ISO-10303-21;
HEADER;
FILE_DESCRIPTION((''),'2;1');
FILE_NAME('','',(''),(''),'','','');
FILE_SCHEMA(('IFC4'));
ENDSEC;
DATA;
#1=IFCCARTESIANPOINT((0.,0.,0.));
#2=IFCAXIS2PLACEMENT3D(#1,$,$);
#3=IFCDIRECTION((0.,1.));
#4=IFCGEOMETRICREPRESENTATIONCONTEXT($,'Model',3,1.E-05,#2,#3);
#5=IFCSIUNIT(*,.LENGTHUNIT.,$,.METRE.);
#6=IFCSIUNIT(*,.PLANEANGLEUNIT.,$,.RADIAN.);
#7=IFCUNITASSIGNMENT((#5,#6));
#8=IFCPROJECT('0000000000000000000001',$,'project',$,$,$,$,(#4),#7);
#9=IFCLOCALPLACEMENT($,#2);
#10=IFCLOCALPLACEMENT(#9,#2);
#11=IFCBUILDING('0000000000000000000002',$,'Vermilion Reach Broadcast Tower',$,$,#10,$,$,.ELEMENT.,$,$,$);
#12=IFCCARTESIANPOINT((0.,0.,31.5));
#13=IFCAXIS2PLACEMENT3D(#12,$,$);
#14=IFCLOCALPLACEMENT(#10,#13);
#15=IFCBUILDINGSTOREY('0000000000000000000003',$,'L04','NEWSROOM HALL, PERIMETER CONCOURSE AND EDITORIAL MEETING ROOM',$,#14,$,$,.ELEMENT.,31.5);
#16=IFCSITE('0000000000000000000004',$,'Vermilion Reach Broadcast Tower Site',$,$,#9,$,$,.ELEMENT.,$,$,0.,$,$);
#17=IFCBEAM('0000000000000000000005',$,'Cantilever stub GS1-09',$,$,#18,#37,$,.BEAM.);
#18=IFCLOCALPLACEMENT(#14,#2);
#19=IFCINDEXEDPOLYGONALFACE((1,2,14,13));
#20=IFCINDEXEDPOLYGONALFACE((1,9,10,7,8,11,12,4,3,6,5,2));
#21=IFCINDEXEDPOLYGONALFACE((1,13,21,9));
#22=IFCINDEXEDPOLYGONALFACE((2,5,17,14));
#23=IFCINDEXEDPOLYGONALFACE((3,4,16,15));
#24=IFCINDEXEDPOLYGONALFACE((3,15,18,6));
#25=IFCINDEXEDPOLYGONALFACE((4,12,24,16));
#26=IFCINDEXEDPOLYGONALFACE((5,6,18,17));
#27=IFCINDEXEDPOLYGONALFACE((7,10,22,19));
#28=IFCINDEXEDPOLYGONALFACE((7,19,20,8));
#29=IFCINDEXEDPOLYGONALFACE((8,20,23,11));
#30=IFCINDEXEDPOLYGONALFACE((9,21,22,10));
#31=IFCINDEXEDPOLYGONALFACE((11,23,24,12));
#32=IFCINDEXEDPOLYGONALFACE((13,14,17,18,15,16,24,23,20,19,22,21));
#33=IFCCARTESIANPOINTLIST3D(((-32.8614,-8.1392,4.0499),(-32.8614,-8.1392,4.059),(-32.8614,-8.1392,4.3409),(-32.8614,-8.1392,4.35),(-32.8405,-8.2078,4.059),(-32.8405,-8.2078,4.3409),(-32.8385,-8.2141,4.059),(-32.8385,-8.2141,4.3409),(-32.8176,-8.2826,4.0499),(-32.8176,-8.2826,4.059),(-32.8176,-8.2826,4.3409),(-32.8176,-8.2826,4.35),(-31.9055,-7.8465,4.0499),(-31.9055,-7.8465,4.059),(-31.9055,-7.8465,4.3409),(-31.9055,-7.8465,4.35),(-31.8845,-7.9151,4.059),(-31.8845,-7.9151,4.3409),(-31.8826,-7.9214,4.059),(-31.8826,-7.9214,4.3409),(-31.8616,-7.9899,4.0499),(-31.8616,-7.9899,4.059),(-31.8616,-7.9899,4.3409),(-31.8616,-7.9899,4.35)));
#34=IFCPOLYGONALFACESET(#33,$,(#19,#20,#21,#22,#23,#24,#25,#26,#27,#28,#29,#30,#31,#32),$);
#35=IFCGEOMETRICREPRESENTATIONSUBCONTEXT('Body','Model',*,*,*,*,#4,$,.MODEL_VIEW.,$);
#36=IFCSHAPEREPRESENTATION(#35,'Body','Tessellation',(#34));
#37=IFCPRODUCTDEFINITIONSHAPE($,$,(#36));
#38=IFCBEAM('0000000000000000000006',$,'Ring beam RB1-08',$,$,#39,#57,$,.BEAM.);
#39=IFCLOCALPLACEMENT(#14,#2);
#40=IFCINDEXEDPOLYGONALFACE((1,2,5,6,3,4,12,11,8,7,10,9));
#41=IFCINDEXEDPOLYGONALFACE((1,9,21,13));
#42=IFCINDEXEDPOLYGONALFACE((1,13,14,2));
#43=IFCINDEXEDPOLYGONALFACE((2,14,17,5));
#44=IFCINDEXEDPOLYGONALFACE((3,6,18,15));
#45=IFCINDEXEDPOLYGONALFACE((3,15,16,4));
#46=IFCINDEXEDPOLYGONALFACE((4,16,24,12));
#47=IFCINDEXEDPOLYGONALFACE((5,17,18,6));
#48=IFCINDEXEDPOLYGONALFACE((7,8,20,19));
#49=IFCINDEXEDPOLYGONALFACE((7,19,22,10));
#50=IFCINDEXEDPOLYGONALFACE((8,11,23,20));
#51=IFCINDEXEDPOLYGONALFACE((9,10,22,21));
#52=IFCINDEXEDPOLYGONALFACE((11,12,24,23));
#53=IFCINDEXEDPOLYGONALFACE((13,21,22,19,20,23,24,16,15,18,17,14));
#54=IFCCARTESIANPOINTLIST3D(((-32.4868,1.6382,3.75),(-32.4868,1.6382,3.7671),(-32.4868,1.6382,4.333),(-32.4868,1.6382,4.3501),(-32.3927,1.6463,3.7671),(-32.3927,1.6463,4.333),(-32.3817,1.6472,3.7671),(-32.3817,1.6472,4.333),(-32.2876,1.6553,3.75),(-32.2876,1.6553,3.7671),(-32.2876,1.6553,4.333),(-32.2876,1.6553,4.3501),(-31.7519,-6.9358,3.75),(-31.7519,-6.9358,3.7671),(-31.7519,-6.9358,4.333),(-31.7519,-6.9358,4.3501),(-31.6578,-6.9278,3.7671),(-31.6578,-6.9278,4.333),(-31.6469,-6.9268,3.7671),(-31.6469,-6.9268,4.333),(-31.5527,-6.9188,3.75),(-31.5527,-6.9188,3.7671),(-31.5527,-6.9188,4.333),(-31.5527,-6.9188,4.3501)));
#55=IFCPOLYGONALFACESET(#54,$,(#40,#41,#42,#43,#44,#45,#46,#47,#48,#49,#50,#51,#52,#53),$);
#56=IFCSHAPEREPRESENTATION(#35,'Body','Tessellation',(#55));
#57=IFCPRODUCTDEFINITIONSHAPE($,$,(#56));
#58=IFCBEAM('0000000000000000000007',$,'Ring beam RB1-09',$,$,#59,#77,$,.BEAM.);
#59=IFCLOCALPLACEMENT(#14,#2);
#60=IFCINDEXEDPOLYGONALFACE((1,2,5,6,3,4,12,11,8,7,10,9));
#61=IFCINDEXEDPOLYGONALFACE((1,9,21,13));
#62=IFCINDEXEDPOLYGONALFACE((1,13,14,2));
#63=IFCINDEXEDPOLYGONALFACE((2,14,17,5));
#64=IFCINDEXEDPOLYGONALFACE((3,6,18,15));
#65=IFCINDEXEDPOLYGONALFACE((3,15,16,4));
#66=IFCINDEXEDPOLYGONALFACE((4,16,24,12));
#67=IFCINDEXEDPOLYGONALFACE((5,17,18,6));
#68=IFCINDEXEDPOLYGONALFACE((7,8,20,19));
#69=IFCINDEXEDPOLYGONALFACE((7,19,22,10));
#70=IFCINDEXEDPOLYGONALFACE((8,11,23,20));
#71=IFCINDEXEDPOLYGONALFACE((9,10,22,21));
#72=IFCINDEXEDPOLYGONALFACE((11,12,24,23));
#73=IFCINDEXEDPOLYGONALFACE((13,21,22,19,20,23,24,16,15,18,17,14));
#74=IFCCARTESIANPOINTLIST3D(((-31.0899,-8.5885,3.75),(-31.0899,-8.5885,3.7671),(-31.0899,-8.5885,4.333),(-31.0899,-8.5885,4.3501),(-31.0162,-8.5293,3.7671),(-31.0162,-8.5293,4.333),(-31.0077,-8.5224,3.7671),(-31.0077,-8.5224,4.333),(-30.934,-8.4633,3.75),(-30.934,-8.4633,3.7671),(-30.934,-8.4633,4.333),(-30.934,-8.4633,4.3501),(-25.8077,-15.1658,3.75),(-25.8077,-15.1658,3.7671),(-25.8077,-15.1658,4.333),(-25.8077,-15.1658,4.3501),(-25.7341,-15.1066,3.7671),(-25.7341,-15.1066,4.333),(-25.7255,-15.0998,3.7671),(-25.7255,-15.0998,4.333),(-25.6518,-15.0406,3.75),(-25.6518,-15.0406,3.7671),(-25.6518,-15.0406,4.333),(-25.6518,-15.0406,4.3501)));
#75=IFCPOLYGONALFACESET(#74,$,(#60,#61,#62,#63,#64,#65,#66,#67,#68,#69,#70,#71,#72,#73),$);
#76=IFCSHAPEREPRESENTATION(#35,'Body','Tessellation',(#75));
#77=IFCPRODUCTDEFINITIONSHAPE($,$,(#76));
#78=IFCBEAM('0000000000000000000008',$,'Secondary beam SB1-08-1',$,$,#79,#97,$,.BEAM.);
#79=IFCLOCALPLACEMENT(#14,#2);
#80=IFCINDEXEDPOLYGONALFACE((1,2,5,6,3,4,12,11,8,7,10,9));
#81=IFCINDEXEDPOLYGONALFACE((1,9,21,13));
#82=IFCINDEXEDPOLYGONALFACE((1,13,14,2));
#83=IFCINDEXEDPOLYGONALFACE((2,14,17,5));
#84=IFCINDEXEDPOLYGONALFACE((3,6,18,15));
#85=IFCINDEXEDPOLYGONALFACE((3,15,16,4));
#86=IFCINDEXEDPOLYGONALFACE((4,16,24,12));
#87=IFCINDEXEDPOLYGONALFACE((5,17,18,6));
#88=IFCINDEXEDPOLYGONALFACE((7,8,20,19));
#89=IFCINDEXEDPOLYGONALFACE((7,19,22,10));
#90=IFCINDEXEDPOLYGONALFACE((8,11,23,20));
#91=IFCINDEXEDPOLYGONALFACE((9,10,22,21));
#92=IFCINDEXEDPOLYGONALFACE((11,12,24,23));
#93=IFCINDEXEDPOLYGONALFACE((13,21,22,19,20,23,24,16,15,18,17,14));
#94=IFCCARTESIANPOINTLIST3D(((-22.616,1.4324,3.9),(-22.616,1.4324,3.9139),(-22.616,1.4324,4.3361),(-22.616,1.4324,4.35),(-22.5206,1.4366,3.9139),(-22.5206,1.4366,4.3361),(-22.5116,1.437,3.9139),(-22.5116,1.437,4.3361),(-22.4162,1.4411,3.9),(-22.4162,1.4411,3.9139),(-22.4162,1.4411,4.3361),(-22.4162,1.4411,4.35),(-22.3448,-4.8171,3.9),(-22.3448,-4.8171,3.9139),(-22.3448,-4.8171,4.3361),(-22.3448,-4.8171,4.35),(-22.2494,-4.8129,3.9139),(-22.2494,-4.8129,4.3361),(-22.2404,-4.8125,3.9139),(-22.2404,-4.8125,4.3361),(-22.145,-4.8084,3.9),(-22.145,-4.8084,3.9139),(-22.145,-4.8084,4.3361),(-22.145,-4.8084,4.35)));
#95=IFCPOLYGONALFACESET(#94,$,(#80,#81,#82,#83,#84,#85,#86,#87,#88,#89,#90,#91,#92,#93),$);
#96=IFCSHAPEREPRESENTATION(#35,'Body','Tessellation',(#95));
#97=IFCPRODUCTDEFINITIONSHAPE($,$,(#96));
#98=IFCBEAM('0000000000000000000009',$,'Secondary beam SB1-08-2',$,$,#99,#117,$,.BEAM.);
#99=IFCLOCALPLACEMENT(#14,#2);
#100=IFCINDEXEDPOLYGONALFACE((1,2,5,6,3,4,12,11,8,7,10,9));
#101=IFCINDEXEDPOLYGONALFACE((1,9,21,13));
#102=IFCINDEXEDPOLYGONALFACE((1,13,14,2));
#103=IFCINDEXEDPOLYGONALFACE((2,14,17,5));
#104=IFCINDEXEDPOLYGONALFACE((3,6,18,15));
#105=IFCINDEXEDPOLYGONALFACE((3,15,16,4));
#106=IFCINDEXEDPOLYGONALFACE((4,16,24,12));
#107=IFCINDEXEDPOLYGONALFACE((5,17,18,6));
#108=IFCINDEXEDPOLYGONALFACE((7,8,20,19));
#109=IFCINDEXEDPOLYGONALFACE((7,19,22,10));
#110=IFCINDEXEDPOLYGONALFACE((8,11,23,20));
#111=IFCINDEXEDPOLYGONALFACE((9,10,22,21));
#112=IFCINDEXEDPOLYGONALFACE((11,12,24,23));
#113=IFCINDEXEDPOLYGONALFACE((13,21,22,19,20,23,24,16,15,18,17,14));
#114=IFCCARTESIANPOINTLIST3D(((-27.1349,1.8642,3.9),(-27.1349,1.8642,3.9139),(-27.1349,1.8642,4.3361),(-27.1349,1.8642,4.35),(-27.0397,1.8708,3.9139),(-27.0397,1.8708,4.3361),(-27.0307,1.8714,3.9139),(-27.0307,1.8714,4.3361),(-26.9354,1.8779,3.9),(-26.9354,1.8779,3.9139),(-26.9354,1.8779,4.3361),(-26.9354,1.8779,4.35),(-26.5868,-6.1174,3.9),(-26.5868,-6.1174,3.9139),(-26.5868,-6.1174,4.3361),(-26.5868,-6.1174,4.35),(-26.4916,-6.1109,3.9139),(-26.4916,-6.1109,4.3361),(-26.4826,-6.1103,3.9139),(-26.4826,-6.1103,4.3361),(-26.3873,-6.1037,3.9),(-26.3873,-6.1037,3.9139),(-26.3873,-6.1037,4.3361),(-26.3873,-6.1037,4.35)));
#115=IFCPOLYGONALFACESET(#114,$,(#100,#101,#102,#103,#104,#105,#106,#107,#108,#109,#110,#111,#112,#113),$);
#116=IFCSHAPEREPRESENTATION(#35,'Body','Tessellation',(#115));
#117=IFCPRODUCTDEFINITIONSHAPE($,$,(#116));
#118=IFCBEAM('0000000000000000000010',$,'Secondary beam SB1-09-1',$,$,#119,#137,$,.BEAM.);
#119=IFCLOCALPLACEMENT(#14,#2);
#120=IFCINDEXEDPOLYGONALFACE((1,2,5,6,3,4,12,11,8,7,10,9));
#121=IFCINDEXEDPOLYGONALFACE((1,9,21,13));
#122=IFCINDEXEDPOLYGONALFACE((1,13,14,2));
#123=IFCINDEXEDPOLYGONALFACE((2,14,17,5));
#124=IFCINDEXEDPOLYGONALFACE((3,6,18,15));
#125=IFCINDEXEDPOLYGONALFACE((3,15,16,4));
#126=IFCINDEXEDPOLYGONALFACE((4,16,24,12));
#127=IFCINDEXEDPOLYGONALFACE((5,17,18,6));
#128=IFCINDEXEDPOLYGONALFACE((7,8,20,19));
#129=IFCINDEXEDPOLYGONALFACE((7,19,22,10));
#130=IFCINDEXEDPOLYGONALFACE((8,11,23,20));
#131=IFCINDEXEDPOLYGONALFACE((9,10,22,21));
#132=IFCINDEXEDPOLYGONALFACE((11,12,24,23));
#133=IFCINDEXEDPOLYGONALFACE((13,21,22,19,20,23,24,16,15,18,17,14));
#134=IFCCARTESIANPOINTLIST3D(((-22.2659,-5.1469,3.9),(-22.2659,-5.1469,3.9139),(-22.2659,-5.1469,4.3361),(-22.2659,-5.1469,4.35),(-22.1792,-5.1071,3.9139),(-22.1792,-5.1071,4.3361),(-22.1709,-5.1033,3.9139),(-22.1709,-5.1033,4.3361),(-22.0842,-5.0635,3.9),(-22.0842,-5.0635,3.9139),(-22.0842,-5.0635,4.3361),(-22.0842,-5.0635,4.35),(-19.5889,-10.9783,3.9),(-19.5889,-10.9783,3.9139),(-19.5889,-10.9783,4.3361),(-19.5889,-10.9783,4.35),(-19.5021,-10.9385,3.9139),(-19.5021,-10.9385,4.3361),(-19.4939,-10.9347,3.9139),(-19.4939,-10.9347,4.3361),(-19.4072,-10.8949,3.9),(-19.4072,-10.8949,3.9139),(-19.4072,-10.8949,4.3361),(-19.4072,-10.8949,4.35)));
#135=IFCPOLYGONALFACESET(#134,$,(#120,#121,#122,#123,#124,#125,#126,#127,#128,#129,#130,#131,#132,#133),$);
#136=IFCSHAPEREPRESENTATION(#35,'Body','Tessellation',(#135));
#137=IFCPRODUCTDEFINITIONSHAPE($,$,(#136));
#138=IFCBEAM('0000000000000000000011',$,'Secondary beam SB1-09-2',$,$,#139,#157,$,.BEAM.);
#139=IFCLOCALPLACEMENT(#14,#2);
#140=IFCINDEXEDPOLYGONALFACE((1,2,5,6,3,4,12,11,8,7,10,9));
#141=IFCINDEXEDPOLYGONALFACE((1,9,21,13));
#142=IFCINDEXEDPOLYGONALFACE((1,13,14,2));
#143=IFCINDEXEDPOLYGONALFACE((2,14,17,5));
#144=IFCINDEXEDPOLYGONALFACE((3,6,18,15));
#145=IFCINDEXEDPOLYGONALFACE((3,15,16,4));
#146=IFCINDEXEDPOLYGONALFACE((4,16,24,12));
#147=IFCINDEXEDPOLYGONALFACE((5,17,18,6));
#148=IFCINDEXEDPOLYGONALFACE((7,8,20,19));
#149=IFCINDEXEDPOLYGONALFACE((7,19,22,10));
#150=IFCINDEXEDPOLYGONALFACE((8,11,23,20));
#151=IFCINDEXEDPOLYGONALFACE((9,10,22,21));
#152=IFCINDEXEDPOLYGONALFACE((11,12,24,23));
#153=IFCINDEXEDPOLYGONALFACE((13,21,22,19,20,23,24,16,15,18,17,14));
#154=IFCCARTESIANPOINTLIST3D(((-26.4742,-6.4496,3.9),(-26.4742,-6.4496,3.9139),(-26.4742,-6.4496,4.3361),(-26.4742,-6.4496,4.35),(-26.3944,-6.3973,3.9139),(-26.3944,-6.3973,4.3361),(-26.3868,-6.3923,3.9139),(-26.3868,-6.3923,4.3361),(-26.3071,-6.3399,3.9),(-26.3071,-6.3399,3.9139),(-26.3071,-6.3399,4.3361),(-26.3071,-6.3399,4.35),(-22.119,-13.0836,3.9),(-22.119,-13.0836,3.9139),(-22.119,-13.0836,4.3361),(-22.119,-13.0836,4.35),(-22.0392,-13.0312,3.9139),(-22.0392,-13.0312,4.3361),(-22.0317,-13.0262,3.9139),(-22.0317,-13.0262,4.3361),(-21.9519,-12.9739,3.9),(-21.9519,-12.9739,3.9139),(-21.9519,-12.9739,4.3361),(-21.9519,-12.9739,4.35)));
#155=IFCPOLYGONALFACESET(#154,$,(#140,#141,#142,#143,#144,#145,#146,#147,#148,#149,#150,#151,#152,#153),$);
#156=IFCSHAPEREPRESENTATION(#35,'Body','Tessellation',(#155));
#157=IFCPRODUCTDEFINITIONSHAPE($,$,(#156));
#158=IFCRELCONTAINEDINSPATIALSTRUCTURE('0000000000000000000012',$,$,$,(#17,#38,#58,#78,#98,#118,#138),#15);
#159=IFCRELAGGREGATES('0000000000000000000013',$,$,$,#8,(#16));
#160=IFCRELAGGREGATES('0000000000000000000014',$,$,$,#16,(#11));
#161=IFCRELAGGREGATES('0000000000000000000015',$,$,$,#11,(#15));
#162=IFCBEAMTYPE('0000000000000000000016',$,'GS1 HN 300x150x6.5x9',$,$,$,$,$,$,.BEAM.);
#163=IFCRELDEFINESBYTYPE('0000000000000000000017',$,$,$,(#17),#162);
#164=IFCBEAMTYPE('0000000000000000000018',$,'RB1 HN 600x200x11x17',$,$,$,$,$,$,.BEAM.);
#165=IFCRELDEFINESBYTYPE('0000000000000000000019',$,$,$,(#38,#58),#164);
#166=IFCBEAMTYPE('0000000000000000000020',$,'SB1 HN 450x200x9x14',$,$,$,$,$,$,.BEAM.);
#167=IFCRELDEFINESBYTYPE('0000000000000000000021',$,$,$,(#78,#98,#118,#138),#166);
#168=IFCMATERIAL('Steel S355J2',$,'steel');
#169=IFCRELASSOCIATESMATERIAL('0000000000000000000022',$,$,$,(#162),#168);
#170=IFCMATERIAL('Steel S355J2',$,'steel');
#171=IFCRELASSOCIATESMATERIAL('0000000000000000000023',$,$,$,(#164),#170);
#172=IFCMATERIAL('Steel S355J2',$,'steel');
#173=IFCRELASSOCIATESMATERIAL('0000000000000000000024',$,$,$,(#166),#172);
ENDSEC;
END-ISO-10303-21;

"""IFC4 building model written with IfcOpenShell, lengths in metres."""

from ifc_helpers import new_model, si_unit, direction, frame, origin, origin_2d, place, context, subcontext, project, spatial, i_section, extrude, material, material_profile, profile_set, type_object, element, save


model = new_model("IFC4")

# Units and contexts
model_context = context("Model", 3, precision=1e-05, world=origin(), true_north=direction((0.0, 1.0)))
body_context = subcontext(model_context, "Body", "Model", "MODEL_VIEW")
ifc_project = project(units=[si_unit("LENGTHUNIT", "METRE"), si_unit("PLANEANGLEUNIT", "RADIAN")], contexts=[model_context])

# Site, building, storey
site_placement = place(None, origin())
site = spatial("IfcSite", under=ifc_project, at=site_placement, Name="Vermilion Reach Broadcast Tower Site", CompositionType="ELEMENT", RefElevation=0.0)
building_placement = place(site_placement, origin())
building = spatial("IfcBuilding", under=site, at=building_placement, Name="Vermilion Reach Broadcast Tower", CompositionType="ELEMENT")
storey_placement = place(building_placement, frame((0.0, 0.0, 31.5)))
storey = spatial("IfcBuildingStorey", under=building, at=storey_placement, Name="L04", Description="NEWSROOM HALL, PERIMETER CONCOURSE AND EDITORIAL MEETING ROOM", CompositionType="ELEMENT", Elevation=31.5)

# Beams
ifc_material_1 = material(Name="Steel S355J2", Category="steel")
ifc_material_profile_1 = material_profile(ifc_material_1, i_section(OverallWidth=0.1499, OverallDepth=0.3, WebThickness=0.0066, FlangeThickness=0.009, at=origin_2d()), Name="S355J2 HN 300x150x6.5x9")
ifc_profile_set_1 = profile_set([ifc_material_profile_1], Name="Steel S355J2")
beam_type_1 = type_object("IfcBeamType", Name="GS1 HN 300x150x6.5x9", PredefinedType="BEAM", material=ifc_profile_set_1)
beam_1_placement = place(storey_placement, frame((-31.8835, -7.9182, 4.2), z_axis=(-0.956185, -0.292764, 0.0), x_axis=(0.292764, -0.956185, 0.0)))
element("IfcBeam", 1, at=beam_1_placement, inside=storey, type_object=beam_type_1, Name="Cantilever stub GS1-09", PredefinedType="BEAM", context=body_context, shape_type="SweptSolid", body=[
    extrude(i_section(OverallWidth=0.1499, OverallDepth=0.3, WebThickness=0.0066, FlangeThickness=0.009, at=origin_2d()), origin(), (0.0, 0.0, 1.0), 0.9998),
])
ifc_material_2 = material(Name="Steel S355J2", Category="steel")
ifc_material_profile_2 = material_profile(ifc_material_2, i_section(OverallWidth=0.2, OverallDepth=0.6001, WebThickness=0.011, FlangeThickness=0.0171, at=origin_2d()), Name="S355J2 HN 600x200x11x17")
ifc_profile_set_2 = profile_set([ifc_material_profile_2], Name="Steel S355J2")
beam_type_2 = type_object("IfcBeamType", Name="RB1 HN 600x200x11x17", PredefinedType="BEAM", material=ifc_profile_set_2)
beam_2_placement = place(storey_placement, frame((-32.3872, 1.6467, 4.05), z_axis=(0.085396, -0.996347, 0.0), x_axis=(0.996347, 0.085396, 0.0)))
element("IfcBeam", 2, at=beam_2_placement, inside=storey, type_object=beam_type_2, Name="Ring beam RB1-08", PredefinedType="BEAM", context=body_context, shape_type="SweptSolid", body=[
    extrude(i_section(OverallWidth=0.2, OverallDepth=0.6001, WebThickness=0.011, FlangeThickness=0.0171, at=origin_2d()), origin(), (0.0, 0.0, 1.0), 8.6055),
])
beam_3_placement = place(storey_placement, frame((-31.012, -8.5259, 4.05), z_axis=(0.626162, -0.779693, 0.0), x_axis=(0.779693, 0.626162, 0.0)))
element("IfcBeam", 3, at=beam_3_placement, inside=storey, type_object=beam_type_2, Name="Ring beam RB1-09", PredefinedType="BEAM", context=body_context, shape_type="SweptSolid", body=[
    extrude(i_section(OverallWidth=0.2, OverallDepth=0.6001, WebThickness=0.011, FlangeThickness=0.0171, at=origin_2d()), origin(), (0.0, 0.0, 1.0), 8.4358),
])
ifc_material_3 = material(Name="Steel S355J2", Category="steel")
ifc_material_profile_3 = material_profile(ifc_material_3, i_section(OverallWidth=0.2, OverallDepth=0.45, WebThickness=0.009, FlangeThickness=0.0139, at=origin_2d()), Name="S355J2 HN 450x200x9x14")
ifc_profile_set_3 = profile_set([ifc_material_profile_3], Name="Steel S355J2")
beam_type_3 = type_object("IfcBeamType", Name="SB1 HN 450x200x9x14", PredefinedType="BEAM", material=ifc_profile_set_3)
beam_4_placement = place(storey_placement, frame((-22.5161, 1.4368, 4.125), z_axis=(0.043361, -0.999059, 0.0), x_axis=(0.999059, 0.043361, 0.0)))
element("IfcBeam", 4, at=beam_4_placement, inside=storey, type_object=beam_type_3, Name="Secondary beam SB1-08-1", PredefinedType="BEAM", context=body_context, shape_type="SweptSolid", body=[
    extrude(i_section(OverallWidth=0.2, OverallDepth=0.45, WebThickness=0.009, FlangeThickness=0.0139, at=origin_2d()), origin(), (0.0, 0.0, 1.0), 6.2554),
])
beam_5_placement = place(storey_placement, frame((-27.0352, 1.8711, 4.125), z_axis=(0.068508, -0.997651, 0.0), x_axis=(0.997651, 0.068508, 0.0)))
element("IfcBeam", 5, at=beam_5_placement, inside=storey, type_object=beam_type_3, Name="Secondary beam SB1-08-2", PredefinedType="BEAM", context=body_context, shape_type="SweptSolid", body=[
    extrude(i_section(OverallWidth=0.2, OverallDepth=0.45, WebThickness=0.009, FlangeThickness=0.0139, at=origin_2d()), origin(), (0.0, 0.0, 1.0), 8.0005),
])
beam_6_placement = place(storey_placement, frame((-22.175, -5.1052, 4.125), z_axis=(0.417211, -0.908809, 0.0), x_axis=(0.908809, 0.417211, 0.0)))
element("IfcBeam", 6, at=beam_6_placement, inside=storey, type_object=beam_type_3, Name="Secondary beam SB1-09-1", PredefinedType="BEAM", context=body_context, shape_type="SweptSolid", body=[
    extrude(i_section(OverallWidth=0.2, OverallDepth=0.45, WebThickness=0.009, FlangeThickness=0.0139, at=origin_2d()), origin(), (0.0, 0.0, 1.0), 6.4165),
])
beam_7_placement = place(storey_placement, frame((-26.3906, -6.3948, 4.125), z_axis=(0.548801, -0.835953, 0.0), x_axis=(0.835953, 0.548801, 0.0)))
element("IfcBeam", 7, at=beam_7_placement, inside=storey, type_object=beam_type_3, Name="Secondary beam SB1-09-2", PredefinedType="BEAM", context=body_context, shape_type="SweptSolid", body=[
    extrude(i_section(OverallWidth=0.2, OverallDepth=0.45, WebThickness=0.009, FlangeThickness=0.0139, at=origin_2d()), origin(), (0.0, 0.0, 1.0), 7.9358),
])

save(model, "model.ifc")
